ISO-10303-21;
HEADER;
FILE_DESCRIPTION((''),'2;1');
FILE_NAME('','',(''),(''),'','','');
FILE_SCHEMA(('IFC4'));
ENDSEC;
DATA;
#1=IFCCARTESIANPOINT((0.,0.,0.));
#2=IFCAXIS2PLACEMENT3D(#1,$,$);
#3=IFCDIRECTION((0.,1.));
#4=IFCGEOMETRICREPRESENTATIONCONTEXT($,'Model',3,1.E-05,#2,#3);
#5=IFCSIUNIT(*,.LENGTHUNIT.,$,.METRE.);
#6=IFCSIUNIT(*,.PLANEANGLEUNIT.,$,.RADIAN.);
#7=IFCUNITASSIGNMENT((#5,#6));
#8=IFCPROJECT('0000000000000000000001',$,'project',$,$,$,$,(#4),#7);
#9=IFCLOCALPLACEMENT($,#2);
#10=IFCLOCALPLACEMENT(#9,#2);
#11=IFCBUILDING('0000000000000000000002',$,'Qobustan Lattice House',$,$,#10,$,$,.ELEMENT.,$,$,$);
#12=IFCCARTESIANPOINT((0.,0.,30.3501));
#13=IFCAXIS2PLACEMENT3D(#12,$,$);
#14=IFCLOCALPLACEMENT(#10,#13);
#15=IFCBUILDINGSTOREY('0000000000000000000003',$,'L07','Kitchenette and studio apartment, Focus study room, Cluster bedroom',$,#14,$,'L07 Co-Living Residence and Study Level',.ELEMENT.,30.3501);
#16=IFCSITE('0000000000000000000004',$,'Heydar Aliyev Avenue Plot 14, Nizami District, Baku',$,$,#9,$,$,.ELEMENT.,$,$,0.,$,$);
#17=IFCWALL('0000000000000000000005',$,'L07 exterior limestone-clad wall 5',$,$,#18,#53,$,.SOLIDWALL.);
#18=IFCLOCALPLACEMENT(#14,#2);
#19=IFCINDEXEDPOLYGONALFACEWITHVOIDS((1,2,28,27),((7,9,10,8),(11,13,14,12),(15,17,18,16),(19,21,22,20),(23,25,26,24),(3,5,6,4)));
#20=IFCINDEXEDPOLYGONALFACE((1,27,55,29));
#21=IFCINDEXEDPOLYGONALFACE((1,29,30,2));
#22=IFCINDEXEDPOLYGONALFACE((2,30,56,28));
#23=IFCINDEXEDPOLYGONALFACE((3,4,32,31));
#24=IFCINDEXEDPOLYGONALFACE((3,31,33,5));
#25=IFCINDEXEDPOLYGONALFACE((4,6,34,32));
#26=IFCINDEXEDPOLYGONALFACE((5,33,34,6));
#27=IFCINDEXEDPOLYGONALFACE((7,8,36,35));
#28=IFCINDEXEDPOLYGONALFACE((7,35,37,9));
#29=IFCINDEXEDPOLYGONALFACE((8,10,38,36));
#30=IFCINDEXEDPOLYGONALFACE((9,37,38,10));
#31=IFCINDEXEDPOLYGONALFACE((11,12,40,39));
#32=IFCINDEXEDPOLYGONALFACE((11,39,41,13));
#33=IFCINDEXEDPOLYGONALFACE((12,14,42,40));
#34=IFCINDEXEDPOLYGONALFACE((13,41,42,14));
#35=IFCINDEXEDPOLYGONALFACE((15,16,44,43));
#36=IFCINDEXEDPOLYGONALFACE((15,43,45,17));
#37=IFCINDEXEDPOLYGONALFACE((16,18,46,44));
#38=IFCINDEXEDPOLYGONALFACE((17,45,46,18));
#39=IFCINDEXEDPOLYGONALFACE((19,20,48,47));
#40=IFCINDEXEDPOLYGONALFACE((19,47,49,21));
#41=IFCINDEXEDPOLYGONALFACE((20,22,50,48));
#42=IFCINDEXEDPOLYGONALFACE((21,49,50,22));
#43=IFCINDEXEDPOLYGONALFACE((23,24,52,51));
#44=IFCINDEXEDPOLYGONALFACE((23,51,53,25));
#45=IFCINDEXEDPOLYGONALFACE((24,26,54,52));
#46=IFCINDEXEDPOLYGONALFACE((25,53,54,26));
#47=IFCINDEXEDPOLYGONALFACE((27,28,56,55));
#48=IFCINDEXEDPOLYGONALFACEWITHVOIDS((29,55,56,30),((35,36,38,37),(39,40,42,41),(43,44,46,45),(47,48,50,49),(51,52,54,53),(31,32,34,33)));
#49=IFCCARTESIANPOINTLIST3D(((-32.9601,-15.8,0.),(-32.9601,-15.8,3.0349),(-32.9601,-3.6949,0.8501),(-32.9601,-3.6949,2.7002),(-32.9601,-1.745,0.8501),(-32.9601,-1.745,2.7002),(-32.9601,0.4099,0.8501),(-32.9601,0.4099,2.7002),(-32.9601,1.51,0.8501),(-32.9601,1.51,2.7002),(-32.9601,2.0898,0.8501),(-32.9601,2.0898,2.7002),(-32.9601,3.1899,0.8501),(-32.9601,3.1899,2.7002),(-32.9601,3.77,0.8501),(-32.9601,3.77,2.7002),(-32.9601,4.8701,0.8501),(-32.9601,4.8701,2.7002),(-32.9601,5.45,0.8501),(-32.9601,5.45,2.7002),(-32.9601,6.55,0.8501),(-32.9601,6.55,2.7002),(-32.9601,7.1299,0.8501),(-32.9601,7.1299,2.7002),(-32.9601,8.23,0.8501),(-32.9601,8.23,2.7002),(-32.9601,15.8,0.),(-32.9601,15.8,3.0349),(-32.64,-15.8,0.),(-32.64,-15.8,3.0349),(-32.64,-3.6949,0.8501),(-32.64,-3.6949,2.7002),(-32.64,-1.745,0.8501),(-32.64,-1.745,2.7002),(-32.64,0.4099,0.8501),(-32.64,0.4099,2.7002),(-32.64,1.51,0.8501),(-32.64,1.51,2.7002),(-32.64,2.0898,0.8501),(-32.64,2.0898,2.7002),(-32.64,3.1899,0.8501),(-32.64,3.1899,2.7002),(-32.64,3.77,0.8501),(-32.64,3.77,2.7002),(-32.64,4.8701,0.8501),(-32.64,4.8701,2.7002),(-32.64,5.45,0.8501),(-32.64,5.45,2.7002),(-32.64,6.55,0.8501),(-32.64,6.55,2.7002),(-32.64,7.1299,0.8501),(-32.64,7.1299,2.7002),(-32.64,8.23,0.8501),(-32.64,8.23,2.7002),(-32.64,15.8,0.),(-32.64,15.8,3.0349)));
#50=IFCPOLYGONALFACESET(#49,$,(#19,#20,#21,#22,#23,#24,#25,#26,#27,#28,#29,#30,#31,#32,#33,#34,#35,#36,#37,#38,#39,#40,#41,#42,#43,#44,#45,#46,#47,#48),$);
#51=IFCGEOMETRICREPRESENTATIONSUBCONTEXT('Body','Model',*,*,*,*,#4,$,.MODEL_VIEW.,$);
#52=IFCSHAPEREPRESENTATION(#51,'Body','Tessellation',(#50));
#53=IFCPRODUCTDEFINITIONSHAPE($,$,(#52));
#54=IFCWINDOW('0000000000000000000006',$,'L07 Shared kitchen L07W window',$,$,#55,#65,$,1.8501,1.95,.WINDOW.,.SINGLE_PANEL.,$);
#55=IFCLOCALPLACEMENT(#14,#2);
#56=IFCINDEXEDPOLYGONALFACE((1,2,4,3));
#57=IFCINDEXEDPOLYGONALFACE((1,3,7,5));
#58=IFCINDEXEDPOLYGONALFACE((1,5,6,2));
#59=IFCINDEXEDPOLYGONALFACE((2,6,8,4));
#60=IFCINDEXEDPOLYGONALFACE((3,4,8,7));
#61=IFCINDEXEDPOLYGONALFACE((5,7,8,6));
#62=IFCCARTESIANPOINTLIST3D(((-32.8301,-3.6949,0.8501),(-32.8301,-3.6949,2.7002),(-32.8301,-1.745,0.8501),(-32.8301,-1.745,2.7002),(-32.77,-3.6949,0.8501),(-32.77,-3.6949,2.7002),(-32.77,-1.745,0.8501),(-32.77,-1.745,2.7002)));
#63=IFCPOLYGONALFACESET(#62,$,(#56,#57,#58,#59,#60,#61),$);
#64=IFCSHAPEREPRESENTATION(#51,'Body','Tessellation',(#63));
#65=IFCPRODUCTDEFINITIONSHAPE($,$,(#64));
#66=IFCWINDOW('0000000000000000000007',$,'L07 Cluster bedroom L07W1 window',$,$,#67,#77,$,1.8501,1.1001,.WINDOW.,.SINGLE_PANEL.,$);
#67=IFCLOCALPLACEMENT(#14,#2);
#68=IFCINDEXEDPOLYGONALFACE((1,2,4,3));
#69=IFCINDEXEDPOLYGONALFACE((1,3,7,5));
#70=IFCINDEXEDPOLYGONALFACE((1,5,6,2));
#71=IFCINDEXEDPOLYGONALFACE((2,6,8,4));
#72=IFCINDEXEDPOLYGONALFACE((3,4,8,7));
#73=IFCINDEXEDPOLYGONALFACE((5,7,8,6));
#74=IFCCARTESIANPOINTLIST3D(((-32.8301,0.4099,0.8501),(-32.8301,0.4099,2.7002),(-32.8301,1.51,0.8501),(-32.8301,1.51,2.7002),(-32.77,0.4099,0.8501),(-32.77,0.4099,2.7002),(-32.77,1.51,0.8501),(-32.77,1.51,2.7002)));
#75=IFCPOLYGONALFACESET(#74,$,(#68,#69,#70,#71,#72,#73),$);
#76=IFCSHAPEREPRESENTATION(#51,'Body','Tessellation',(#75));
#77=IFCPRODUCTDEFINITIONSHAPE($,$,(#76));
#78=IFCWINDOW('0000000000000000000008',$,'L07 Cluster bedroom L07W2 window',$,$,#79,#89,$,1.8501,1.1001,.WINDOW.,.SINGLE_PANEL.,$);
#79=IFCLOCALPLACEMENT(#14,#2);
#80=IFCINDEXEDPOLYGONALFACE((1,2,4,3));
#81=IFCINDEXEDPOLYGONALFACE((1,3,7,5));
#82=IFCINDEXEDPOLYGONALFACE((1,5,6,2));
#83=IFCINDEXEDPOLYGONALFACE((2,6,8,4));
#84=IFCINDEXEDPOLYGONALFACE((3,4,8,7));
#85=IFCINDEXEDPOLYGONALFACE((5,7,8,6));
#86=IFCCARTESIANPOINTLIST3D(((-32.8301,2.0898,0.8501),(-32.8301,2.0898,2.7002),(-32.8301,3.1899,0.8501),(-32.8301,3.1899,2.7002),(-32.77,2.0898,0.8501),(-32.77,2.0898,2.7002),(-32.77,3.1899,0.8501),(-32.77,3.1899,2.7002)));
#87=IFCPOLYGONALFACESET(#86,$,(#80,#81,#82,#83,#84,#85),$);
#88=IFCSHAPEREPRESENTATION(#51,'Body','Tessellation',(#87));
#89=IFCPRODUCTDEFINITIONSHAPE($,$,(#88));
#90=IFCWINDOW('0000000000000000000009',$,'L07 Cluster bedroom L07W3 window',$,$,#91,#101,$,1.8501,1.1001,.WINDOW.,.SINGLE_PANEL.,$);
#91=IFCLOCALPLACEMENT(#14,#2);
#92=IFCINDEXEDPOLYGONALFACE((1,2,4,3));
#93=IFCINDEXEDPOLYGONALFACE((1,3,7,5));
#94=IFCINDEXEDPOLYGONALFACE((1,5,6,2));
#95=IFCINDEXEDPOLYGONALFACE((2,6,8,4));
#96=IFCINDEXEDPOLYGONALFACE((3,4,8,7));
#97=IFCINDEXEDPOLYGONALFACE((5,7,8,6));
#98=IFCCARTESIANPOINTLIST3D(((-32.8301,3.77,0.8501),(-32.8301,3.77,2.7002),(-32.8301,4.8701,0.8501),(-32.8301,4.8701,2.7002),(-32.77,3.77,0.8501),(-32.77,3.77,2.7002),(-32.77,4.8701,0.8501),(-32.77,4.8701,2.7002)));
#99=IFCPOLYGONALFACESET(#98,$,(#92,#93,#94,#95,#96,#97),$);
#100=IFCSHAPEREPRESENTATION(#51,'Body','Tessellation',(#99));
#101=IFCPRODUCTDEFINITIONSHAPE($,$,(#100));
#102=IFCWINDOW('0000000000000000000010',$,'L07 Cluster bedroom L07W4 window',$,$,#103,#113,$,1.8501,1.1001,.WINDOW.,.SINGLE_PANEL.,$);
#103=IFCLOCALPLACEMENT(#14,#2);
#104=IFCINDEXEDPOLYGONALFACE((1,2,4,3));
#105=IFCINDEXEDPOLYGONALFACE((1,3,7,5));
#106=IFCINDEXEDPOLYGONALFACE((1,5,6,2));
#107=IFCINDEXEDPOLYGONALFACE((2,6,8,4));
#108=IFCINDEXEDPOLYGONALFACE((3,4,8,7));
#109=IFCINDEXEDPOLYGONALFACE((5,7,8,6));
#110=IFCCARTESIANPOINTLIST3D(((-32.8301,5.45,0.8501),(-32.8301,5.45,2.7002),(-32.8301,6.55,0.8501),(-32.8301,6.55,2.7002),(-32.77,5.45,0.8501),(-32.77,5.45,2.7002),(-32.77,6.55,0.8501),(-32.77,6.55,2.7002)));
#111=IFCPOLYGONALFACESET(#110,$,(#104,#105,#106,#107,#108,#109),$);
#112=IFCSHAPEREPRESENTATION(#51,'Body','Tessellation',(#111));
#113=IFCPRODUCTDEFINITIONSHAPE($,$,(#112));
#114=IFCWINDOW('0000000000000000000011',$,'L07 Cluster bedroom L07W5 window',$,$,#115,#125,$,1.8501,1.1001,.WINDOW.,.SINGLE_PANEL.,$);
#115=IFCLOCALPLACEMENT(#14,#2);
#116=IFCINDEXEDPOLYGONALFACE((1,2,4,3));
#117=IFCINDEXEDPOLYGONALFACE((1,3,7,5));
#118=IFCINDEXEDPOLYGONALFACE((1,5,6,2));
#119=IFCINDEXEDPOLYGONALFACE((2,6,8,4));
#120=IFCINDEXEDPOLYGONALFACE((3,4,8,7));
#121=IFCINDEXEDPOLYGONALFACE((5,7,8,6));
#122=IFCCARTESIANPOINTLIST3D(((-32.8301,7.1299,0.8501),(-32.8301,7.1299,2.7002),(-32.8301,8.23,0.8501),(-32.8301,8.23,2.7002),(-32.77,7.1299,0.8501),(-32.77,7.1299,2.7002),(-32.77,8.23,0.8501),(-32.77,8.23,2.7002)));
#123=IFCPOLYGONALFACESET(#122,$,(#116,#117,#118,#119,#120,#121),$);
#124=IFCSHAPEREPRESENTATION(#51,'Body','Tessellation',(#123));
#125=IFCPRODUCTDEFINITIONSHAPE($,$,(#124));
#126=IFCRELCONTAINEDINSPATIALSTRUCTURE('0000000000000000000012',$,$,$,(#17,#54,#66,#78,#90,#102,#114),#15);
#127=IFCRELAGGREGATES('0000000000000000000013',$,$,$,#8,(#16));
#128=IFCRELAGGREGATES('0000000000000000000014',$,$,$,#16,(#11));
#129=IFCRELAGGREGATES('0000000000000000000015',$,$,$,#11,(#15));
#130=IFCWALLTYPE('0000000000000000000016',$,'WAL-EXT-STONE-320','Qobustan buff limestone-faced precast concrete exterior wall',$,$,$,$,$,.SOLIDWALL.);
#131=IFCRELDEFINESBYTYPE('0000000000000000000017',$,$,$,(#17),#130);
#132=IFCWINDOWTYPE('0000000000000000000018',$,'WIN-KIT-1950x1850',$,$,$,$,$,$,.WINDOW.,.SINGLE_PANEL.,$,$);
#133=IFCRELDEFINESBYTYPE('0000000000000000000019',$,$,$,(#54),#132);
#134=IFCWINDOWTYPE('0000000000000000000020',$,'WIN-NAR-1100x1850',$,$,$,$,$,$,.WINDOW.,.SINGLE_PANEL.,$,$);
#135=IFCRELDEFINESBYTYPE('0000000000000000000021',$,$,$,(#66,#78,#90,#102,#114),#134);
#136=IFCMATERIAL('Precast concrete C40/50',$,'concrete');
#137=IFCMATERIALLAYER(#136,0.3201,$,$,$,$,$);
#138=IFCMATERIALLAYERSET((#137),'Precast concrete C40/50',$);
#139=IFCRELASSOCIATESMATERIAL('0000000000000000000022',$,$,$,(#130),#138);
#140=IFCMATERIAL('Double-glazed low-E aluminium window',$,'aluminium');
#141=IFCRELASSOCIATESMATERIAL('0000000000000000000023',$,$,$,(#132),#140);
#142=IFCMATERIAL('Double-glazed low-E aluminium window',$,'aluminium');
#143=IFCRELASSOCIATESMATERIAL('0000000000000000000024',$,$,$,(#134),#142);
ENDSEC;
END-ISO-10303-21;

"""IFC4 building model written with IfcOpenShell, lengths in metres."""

from ifc_helpers import new_model, si_unit, direction, frame, frame_2d, origin, place, context, subcontext, project, spatial, rectangle, extrude, material, layer, layer_set, type_object, element, fill, save


model = new_model("IFC4")

# Units and contexts
model_context = context("Model", 3, precision=1e-05, world=origin(), true_north=direction((0.0, 1.0)))
body_context = subcontext(model_context, "Body", "Model", "MODEL_VIEW")
ifc_project = project(units=[si_unit("LENGTHUNIT", "METRE"), si_unit("PLANEANGLEUNIT", "RADIAN")], contexts=[model_context])

# Site, building, storey
site_placement = place(None, origin())
site = spatial("IfcSite", under=ifc_project, at=site_placement, Name="Heydar Aliyev Avenue Plot 14, Nizami District, Baku", CompositionType="ELEMENT", RefElevation=0.0)
building_placement = place(site_placement, origin())
building = spatial("IfcBuilding", under=site, at=building_placement, Name="Qobustan Lattice House", CompositionType="ELEMENT")
storey_placement = place(building_placement, frame((0.0, 0.0, 30.3501)))
storey = spatial("IfcBuildingStorey", under=building, at=storey_placement, Name="L07", Description="Kitchenette and studio apartment, Focus study room, Cluster bedroom", LongName="L07 Co-Living Residence and Study Level", CompositionType="ELEMENT", Elevation=30.3501)

# Shared definitions
ifc_material_1 = material(Name="Precast concrete C40/50", Category="concrete")
ifc_layer_1 = layer(ifc_material_1, 0.3201)
ifc_layer_set_1 = layer_set([ifc_layer_1], Name="Precast concrete C40/50")
wall_type = type_object("IfcWallType", Name="WAL-EXT-STONE-320", Description="Qobustan buff limestone-faced precast concrete exterior wall", PredefinedType="SOLIDWALL", material=ifc_layer_set_1)

# Wall, openings, windows
wall_1_placement = place(storey_placement, frame((-32.8, -15.8, 0.0), z_axis=(0.0, 0.0, 1.0), x_axis=(0.0, 1.0, 0.0)))
wall_1 = element("IfcWall", 1, at=wall_1_placement, inside=storey, type_object=wall_type, Name="L07 exterior limestone-clad wall 5", PredefinedType="SOLIDWALL", context=body_context, shape_type="SweptSolid", body=[
    extrude(rectangle(XDim=31.6001, YDim=0.3201, at=frame_2d((15.8, 0.0))), origin(), (0.0, 0.0, 1.0), 3.0349),
])
opening_1_placement = place(wall_1_placement, frame((12.105, 0.0, 0.8501)))
opening_1 = element("IfcOpeningElement", 2, at=opening_1_placement, cuts=wall_1, PredefinedType="OPENING", context=body_context, shape_type="SweptSolid", body=[
    extrude(rectangle(XDim=1.95, YDim=1.8501, at=frame_2d((0.9751, 0.925))), frame((0.0, 0.1699, 0.0), z_axis=(0.0, -1.0, 0.0), x_axis=(1.0, 0.0, 0.0)), (0.0, 0.0, 1.0), 0.3401),
])
opening_2_placement = place(wall_1_placement, frame((16.21, 0.0, 0.8501)))
opening_2 = element("IfcOpeningElement", 3, at=opening_2_placement, cuts=wall_1, PredefinedType="OPENING", context=body_context, shape_type="SweptSolid", body=[
    extrude(rectangle(XDim=1.1001, YDim=1.8501, at=frame_2d((0.55, 0.925))), frame((0.0, 0.1699, 0.0), z_axis=(0.0, -1.0, 0.0), x_axis=(1.0, 0.0, 0.0)), (0.0, 0.0, 1.0), 0.3401),
])
opening_3_placement = place(wall_1_placement, frame((17.8899, 0.0, 0.8501)))
opening_3 = element("IfcOpeningElement", 4, at=opening_3_placement, cuts=wall_1, PredefinedType="OPENING", context=body_context, shape_type="SweptSolid", body=[
    extrude(rectangle(XDim=1.1001, YDim=1.8501, at=frame_2d((0.55, 0.925))), frame((0.0, 0.1699, 0.0), z_axis=(0.0, -1.0, 0.0), x_axis=(1.0, 0.0, 0.0)), (0.0, 0.0, 1.0), 0.3401),
])
opening_4_placement = place(wall_1_placement, frame((19.5701, 0.0, 0.8501)))
opening_4 = element("IfcOpeningElement", 5, at=opening_4_placement, cuts=wall_1, PredefinedType="OPENING", context=body_context, shape_type="SweptSolid", body=[
    extrude(rectangle(XDim=1.1001, YDim=1.8501, at=frame_2d((0.55, 0.925))), frame((0.0, 0.1699, 0.0), z_axis=(0.0, -1.0, 0.0), x_axis=(1.0, 0.0, 0.0)), (0.0, 0.0, 1.0), 0.3401),
])
opening_5_placement = place(wall_1_placement, frame((21.25, 0.0, 0.8501)))
opening_5 = element("IfcOpeningElement", 6, at=opening_5_placement, cuts=wall_1, PredefinedType="OPENING", context=body_context, shape_type="SweptSolid", body=[
    extrude(rectangle(XDim=1.1001, YDim=1.8501, at=frame_2d((0.55, 0.925))), frame((0.0, 0.1699, 0.0), z_axis=(0.0, -1.0, 0.0), x_axis=(1.0, 0.0, 0.0)), (0.0, 0.0, 1.0), 0.3401),
])
opening_6_placement = place(wall_1_placement, frame((22.9299, 0.0, 0.8501)))
opening_6 = element("IfcOpeningElement", 7, at=opening_6_placement, cuts=wall_1, PredefinedType="OPENING", context=body_context, shape_type="SweptSolid", body=[
    extrude(rectangle(XDim=1.1001, YDim=1.8501, at=frame_2d((0.55, 0.925))), frame((0.0, 0.1699, 0.0), z_axis=(0.0, -1.0, 0.0), x_axis=(1.0, 0.0, 0.0)), (0.0, 0.0, 1.0), 0.3401),
])
ifc_material_2 = material(Name="Double-glazed low-E aluminium window", Category="aluminium")
window_type_1 = type_object("IfcWindowType", Name="WIN-KIT-1950x1850", PartitioningType="SINGLE_PANEL", PredefinedType="WINDOW", material=ifc_material_2)
window_1_placement = place(opening_1_placement, origin())
window_1 = element("IfcWindow", 8, at=window_1_placement, inside=storey, type_object=window_type_1, Name="L07 Shared kitchen L07W window", OverallHeight=1.8501, OverallWidth=1.95, PartitioningType="SINGLE_PANEL", PredefinedType="WINDOW", context=body_context, shape_type="SweptSolid", body=[
    extrude(rectangle(XDim=1.95, YDim=1.8501, at=frame_2d((0.9751, 0.925))), frame((0.0, 0.03, 0.0), z_axis=(0.0, -1.0, 0.0), x_axis=(1.0, 0.0, 0.0)), (0.0, 0.0, 1.0), 0.0601),
])
fill(opening_1, window_1)
ifc_material_3 = material(Name="Double-glazed low-E aluminium window", Category="aluminium")
window_type_2 = type_object("IfcWindowType", Name="WIN-NAR-1100x1850", PartitioningType="SINGLE_PANEL", PredefinedType="WINDOW", material=ifc_material_3)
window_2_placement = place(opening_2_placement, origin())
window_2 = element("IfcWindow", 9, at=window_2_placement, inside=storey, type_object=window_type_2, Name="L07 Cluster bedroom L07W1 window", OverallHeight=1.8501, OverallWidth=1.1001, PartitioningType="SINGLE_PANEL", PredefinedType="WINDOW", context=body_context, shape_type="SweptSolid", body=[
    extrude(rectangle(XDim=1.1001, YDim=1.8501, at=frame_2d((0.55, 0.925))), frame((0.0, 0.03, 0.0), z_axis=(0.0, -1.0, 0.0), x_axis=(1.0, 0.0, 0.0)), (0.0, 0.0, 1.0), 0.0601),
])
fill(opening_2, window_2)
window_3_placement = place(opening_3_placement, origin())
window_3 = element("IfcWindow", 10, at=window_3_placement, inside=storey, type_object=window_type_2, Name="L07 Cluster bedroom L07W2 window", OverallHeight=1.8501, OverallWidth=1.1001, PartitioningType="SINGLE_PANEL", PredefinedType="WINDOW", context=body_context, shape_type="SweptSolid", body=[
    extrude(rectangle(XDim=1.1001, YDim=1.8501, at=frame_2d((0.55, 0.925))), frame((0.0, 0.03, 0.0), z_axis=(0.0, -1.0, 0.0), x_axis=(1.0, 0.0, 0.0)), (0.0, 0.0, 1.0), 0.0601),
])
fill(opening_3, window_3)
window_4_placement = place(opening_4_placement, origin())
window_4 = element("IfcWindow", 11, at=window_4_placement, inside=storey, type_object=window_type_2, Name="L07 Cluster bedroom L07W3 window", OverallHeight=1.8501, OverallWidth=1.1001, PartitioningType="SINGLE_PANEL", PredefinedType="WINDOW", context=body_context, shape_type="SweptSolid", body=[
    extrude(rectangle(XDim=1.1001, YDim=1.8501, at=frame_2d((0.55, 0.925))), frame((0.0, 0.03, 0.0), z_axis=(0.0, -1.0, 0.0), x_axis=(1.0, 0.0, 0.0)), (0.0, 0.0, 1.0), 0.0601),
])
fill(opening_4, window_4)
window_5_placement = place(opening_5_placement, origin())
window_5 = element("IfcWindow", 12, at=window_5_placement, inside=storey, type_object=window_type_2, Name="L07 Cluster bedroom L07W4 window", OverallHeight=1.8501, OverallWidth=1.1001, PartitioningType="SINGLE_PANEL", PredefinedType="WINDOW", context=body_context, shape_type="SweptSolid", body=[
    extrude(rectangle(XDim=1.1001, YDim=1.8501, at=frame_2d((0.55, 0.925))), frame((0.0, 0.03, 0.0), z_axis=(0.0, -1.0, 0.0), x_axis=(1.0, 0.0, 0.0)), (0.0, 0.0, 1.0), 0.0601),
])
fill(opening_5, window_5)
window_6_placement = place(opening_6_placement, origin())
window_6 = element("IfcWindow", 13, at=window_6_placement, inside=storey, type_object=window_type_2, Name="L07 Cluster bedroom L07W5 window", OverallHeight=1.8501, OverallWidth=1.1001, PartitioningType="SINGLE_PANEL", PredefinedType="WINDOW", context=body_context, shape_type="SweptSolid", body=[
    extrude(rectangle(XDim=1.1001, YDim=1.8501, at=frame_2d((0.55, 0.925))), frame((0.0, 0.03, 0.0), z_axis=(0.0, -1.0, 0.0), x_axis=(1.0, 0.0, 0.0)), (0.0, 0.0, 1.0), 0.0601),
])
fill(opening_6, window_6)

save(model, "model.ifc")
